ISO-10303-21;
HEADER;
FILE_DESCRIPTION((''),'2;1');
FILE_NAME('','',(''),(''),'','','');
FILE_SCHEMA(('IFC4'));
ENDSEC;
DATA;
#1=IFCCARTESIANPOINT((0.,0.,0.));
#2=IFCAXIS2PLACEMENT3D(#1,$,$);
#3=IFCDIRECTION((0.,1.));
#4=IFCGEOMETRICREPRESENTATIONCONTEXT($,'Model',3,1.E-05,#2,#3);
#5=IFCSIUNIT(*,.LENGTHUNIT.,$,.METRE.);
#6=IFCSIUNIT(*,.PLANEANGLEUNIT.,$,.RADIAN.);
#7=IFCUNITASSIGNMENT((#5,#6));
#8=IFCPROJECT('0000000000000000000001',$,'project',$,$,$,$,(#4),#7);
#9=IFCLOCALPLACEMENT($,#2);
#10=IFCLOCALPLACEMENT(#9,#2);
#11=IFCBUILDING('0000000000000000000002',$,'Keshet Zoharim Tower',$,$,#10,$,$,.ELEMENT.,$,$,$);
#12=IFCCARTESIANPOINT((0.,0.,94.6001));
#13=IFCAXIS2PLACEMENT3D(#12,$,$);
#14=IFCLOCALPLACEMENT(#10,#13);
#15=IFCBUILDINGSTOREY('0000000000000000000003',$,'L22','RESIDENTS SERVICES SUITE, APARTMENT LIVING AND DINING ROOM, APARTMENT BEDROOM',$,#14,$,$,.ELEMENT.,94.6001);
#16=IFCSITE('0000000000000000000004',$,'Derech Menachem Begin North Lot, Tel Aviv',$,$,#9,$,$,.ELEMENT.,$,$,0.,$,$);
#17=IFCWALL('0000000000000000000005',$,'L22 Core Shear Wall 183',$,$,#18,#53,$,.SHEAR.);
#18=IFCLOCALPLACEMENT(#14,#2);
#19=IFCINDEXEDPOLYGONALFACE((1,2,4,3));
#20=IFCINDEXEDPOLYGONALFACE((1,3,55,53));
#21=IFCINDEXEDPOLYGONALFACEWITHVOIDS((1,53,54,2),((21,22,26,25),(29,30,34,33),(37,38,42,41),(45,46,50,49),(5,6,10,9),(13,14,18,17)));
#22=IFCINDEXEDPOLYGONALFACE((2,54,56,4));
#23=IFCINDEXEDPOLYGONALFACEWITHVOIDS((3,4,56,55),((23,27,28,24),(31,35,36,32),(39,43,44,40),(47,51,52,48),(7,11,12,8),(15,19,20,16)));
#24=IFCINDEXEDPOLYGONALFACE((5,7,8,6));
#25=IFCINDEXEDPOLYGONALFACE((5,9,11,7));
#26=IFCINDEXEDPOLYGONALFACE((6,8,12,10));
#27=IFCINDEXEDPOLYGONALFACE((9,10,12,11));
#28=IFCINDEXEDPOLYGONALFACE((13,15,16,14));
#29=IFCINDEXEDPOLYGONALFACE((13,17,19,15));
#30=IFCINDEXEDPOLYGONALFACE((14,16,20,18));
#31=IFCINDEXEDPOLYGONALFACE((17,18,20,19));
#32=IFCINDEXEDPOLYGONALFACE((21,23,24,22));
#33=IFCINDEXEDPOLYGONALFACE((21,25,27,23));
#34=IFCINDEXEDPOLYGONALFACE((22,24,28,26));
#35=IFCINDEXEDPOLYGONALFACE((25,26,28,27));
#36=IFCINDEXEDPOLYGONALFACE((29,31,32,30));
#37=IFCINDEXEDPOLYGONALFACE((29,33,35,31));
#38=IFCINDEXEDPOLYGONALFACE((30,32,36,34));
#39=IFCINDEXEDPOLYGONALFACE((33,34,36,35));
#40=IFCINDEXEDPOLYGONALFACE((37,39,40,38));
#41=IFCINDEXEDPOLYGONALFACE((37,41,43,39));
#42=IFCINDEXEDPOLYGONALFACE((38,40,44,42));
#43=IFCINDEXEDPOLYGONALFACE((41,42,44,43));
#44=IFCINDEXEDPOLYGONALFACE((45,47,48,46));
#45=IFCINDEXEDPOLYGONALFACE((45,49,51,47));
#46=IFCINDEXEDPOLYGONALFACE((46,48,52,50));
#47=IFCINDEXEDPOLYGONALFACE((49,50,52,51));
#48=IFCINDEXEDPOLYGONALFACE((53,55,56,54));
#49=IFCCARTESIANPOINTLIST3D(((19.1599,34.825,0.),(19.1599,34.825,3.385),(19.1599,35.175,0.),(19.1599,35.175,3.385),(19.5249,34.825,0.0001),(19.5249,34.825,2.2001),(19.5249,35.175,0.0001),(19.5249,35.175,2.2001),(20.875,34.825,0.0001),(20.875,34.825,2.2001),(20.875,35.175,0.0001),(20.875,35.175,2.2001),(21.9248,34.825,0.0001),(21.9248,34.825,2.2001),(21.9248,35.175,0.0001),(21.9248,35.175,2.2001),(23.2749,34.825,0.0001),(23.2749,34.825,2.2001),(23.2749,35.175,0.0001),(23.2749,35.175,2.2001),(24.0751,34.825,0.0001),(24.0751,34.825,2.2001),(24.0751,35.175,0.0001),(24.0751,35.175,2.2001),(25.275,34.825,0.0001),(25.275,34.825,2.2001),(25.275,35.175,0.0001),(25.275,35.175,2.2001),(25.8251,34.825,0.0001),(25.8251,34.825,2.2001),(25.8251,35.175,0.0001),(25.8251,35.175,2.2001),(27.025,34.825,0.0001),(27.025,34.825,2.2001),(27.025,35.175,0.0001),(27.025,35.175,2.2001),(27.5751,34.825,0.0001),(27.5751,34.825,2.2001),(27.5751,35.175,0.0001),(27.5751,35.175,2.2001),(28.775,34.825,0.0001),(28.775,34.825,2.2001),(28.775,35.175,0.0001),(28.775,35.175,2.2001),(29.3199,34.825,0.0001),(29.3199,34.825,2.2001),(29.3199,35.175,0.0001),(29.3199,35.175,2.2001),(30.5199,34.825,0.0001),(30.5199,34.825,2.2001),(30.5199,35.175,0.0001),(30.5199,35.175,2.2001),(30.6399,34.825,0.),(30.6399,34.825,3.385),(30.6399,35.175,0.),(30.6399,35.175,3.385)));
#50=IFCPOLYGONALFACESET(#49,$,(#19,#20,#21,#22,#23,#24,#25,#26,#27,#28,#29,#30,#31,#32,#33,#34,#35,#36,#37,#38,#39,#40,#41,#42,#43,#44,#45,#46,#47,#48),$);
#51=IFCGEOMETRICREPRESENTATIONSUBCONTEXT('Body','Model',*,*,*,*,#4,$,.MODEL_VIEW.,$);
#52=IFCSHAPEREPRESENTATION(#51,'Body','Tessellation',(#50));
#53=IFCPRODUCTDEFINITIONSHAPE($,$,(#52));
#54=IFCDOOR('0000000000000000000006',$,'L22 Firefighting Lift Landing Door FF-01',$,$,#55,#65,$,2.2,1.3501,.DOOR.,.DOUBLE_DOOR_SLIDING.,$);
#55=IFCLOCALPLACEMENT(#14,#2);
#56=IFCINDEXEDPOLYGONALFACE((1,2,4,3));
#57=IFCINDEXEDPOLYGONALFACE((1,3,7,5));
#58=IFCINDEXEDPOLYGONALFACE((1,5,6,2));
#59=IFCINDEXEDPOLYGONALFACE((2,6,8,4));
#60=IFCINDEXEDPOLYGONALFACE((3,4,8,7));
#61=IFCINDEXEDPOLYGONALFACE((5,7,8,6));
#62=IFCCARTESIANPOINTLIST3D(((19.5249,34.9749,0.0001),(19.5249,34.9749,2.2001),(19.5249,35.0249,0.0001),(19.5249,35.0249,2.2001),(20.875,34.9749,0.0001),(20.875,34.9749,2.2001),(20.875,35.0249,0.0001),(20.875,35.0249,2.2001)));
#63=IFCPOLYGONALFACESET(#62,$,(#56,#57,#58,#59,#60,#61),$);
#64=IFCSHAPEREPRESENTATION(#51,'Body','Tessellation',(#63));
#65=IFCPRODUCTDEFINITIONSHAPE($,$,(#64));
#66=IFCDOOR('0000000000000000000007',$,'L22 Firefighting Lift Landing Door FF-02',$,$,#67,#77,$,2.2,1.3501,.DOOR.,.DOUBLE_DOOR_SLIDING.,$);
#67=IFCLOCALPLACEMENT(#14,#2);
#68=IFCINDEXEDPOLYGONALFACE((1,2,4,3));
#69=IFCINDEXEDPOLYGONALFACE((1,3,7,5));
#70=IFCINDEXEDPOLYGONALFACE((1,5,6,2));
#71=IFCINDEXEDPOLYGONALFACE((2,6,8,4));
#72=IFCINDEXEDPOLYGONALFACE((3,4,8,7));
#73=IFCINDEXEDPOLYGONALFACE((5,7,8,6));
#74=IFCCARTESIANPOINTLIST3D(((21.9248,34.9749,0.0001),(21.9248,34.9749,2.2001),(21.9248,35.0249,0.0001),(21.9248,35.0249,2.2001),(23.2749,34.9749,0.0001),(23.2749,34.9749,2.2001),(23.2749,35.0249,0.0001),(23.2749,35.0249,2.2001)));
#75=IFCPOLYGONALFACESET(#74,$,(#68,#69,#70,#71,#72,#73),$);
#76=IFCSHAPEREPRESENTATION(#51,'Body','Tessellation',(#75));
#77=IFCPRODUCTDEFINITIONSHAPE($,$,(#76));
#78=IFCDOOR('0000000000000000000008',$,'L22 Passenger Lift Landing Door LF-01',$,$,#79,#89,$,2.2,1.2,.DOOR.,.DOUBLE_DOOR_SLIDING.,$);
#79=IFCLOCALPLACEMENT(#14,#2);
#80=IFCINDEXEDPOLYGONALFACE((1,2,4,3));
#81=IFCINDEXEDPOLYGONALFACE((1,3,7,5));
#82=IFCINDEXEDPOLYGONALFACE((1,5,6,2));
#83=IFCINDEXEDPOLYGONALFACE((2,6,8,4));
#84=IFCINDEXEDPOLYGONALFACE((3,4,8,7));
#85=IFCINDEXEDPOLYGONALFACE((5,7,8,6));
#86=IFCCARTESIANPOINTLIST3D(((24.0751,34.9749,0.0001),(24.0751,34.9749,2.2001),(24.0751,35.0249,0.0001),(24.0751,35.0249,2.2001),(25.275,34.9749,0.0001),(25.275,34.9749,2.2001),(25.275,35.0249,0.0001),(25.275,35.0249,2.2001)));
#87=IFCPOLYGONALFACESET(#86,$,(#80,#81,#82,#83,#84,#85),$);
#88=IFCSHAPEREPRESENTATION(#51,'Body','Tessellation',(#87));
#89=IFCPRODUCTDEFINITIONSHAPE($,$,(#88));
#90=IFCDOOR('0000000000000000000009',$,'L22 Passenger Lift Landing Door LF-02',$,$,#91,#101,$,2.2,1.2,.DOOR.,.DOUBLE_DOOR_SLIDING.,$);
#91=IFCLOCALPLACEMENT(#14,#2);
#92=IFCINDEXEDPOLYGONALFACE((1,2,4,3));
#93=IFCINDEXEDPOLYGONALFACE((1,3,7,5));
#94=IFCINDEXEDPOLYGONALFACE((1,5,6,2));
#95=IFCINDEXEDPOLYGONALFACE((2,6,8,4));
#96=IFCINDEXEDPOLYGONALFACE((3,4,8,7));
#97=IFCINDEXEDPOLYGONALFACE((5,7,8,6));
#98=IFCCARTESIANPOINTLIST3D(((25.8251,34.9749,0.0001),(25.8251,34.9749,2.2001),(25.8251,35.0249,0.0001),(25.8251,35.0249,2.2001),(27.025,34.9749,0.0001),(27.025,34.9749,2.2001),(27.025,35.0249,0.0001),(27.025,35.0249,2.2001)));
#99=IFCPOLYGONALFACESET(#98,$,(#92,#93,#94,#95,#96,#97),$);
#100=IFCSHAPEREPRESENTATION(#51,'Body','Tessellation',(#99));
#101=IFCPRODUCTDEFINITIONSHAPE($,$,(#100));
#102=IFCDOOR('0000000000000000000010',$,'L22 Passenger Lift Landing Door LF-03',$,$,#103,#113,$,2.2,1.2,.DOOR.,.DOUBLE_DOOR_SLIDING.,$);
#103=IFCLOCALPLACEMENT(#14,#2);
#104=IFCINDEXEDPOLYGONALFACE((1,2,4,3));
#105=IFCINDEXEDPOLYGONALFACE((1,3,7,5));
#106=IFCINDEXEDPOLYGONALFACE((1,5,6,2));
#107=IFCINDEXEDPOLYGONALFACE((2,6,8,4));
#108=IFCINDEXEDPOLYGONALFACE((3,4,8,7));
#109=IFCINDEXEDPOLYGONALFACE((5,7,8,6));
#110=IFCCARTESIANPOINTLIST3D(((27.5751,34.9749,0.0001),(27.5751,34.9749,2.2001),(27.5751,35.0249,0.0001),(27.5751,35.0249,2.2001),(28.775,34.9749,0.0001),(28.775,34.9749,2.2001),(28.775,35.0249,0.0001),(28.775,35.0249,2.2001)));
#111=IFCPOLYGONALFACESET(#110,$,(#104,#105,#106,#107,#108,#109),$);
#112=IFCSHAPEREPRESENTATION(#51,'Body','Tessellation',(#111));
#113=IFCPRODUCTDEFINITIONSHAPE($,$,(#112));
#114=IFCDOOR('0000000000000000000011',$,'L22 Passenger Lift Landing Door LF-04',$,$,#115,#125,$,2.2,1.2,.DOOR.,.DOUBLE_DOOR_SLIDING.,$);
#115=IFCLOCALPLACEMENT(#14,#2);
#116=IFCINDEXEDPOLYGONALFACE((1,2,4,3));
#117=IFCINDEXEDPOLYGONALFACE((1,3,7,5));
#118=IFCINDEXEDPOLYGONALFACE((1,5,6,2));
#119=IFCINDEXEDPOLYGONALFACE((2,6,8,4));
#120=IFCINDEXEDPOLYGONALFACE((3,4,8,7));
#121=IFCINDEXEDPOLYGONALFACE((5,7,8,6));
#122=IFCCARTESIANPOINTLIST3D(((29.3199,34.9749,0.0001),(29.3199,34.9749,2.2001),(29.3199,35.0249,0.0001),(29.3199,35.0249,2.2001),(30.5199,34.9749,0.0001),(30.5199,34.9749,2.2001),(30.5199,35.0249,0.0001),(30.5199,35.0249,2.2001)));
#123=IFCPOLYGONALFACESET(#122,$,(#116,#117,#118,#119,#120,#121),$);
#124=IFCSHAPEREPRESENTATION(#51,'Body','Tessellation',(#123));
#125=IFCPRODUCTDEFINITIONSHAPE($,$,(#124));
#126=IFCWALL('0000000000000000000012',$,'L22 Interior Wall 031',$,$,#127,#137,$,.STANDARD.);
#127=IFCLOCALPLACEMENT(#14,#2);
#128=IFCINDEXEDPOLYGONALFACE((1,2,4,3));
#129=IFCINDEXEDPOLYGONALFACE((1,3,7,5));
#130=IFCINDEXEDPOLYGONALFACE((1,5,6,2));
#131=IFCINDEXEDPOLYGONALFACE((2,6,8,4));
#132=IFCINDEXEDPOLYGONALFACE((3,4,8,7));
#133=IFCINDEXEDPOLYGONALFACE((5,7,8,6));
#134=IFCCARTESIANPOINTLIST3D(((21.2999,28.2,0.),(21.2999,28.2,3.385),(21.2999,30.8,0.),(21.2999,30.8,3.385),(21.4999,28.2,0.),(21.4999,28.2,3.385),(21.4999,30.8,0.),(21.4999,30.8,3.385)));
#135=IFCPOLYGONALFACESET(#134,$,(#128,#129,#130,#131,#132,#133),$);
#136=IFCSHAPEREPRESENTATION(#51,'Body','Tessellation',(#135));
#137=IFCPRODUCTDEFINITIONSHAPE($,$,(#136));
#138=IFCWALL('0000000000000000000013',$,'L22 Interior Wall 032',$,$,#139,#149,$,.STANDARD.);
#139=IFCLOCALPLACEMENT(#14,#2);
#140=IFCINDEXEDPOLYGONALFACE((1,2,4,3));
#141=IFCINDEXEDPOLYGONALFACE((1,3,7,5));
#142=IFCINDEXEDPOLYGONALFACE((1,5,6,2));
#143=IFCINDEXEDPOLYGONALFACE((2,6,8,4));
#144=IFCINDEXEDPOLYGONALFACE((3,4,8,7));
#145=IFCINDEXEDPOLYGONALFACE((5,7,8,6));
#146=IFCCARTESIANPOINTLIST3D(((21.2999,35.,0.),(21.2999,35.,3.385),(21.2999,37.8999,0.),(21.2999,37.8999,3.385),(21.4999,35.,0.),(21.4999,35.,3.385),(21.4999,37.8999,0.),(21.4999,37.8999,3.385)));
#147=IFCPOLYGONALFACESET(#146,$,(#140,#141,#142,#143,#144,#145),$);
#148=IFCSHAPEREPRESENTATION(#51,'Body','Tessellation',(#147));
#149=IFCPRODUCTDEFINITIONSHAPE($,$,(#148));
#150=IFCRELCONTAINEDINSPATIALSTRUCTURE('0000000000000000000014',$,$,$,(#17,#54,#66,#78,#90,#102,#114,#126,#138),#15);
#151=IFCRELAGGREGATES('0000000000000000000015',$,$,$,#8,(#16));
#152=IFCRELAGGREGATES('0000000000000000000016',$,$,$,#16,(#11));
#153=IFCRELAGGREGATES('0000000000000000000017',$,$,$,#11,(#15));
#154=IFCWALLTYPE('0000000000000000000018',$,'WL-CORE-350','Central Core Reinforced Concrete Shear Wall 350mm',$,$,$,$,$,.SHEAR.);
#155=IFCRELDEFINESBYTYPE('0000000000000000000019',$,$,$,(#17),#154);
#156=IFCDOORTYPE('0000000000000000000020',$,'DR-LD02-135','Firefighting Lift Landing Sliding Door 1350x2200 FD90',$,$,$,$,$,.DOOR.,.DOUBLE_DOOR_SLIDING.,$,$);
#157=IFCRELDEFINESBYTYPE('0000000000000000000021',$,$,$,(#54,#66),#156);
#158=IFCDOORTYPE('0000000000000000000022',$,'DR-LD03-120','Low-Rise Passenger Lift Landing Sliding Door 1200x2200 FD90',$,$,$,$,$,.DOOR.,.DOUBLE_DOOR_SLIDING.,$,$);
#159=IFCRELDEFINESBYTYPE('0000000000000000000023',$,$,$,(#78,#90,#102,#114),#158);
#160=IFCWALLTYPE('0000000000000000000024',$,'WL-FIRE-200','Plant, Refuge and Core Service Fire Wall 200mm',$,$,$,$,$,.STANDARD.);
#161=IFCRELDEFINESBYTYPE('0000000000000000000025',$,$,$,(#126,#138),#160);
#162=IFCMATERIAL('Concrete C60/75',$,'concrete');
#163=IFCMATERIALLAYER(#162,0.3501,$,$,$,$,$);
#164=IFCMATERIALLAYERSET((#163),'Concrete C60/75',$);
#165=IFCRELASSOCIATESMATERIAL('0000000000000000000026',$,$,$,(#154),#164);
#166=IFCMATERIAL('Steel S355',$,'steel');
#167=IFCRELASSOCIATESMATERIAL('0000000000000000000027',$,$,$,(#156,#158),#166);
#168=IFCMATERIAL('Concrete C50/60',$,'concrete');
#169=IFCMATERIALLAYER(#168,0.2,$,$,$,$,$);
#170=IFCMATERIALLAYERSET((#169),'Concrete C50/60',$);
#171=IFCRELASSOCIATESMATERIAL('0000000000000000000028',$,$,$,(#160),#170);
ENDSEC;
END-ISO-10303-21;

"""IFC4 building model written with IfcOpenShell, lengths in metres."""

from ifc_helpers import new_model, si_unit, direction, frame, frame_2d, origin, place, context, subcontext, project, spatial, rectangle, extrude, material, layer, layer_set, type_object, element, fill, save


model = new_model("IFC4")

# Units and contexts
model_context = context("Model", 3, precision=1e-05, world=origin(), true_north=direction((0.0, 1.0)))
body_context = subcontext(model_context, "Body", "Model", "MODEL_VIEW")
ifc_project = project(units=[si_unit("LENGTHUNIT", "METRE"), si_unit("PLANEANGLEUNIT", "RADIAN")], contexts=[model_context])

# Site, building, storey
site_placement = place(None, origin())
site = spatial("IfcSite", under=ifc_project, at=site_placement, Name="Derech Menachem Begin North Lot, Tel Aviv", CompositionType="ELEMENT", RefElevation=0.0)
building_placement = place(site_placement, origin())
building = spatial("IfcBuilding", under=site, at=building_placement, Name="Keshet Zoharim Tower", CompositionType="ELEMENT")
storey_placement = place(building_placement, frame((0.0, 0.0, 94.6001)))
storey = spatial("IfcBuildingStorey", under=building, at=storey_placement, Name="L22", Description="RESIDENTS SERVICES SUITE, APARTMENT LIVING AND DINING ROOM, APARTMENT BEDROOM", CompositionType="ELEMENT", Elevation=94.6001)

# Shared definitions
ifc_material_1 = material(Name="Concrete C60/75", Category="concrete")
ifc_layer_1 = layer(ifc_material_1, 0.3501)
ifc_layer_set_1 = layer_set([ifc_layer_1], Name="Concrete C60/75")
wall_type_1 = type_object("IfcWallType", Name="WL-CORE-350", Description="Central Core Reinforced Concrete Shear Wall 350mm", PredefinedType="SHEAR", material=ifc_layer_set_1)

# Shared definitions
ifc_material_2 = material(Name="Steel S355", Category="steel")

# Wall, openings, doors
wall_1_placement = place(storey_placement, frame((19.1599, 35.0, 0.0), z_axis=(0.0, 0.0, 1.0), x_axis=(1.0, 0.0, 0.0)))
wall_1 = element("IfcWall", 1, at=wall_1_placement, inside=storey, type_object=wall_type_1, Name="L22 Core Shear Wall 183", PredefinedType="SHEAR", context=body_context, shape_type="SweptSolid", body=[
    extrude(rectangle(XDim=11.48, YDim=0.3501, at=frame_2d((5.74, 0.0))), origin(), (0.0, 0.0, 1.0), 3.385),
])
opening_1_placement = place(wall_1_placement, frame((0.365, 0.0, 0.0)))
opening_1 = element("IfcOpeningElement", 2, at=opening_1_placement, cuts=wall_1, PredefinedType="OPENING", context=body_context, shape_type="SweptSolid", body=[
    extrude(rectangle(XDim=1.3501, YDim=2.2, at=frame_2d((0.675, 1.1001))), frame((0.0, 0.1851, 0.0), z_axis=(0.0, -1.0, 0.0), x_axis=(1.0, 0.0, 0.0)), (0.0, 0.0, 1.0), 0.3701),
])
opening_2_placement = place(wall_1_placement, frame((2.7649, 0.0, 0.0)))
opening_2 = element("IfcOpeningElement", 3, at=opening_2_placement, cuts=wall_1, PredefinedType="OPENING", context=body_context, shape_type="SweptSolid", body=[
    extrude(rectangle(XDim=1.3501, YDim=2.2, at=frame_2d((0.675, 1.1001))), frame((0.0, 0.1851, 0.0), z_axis=(0.0, -1.0, 0.0), x_axis=(1.0, 0.0, 0.0)), (0.0, 0.0, 1.0), 0.3701),
])
opening_3_placement = place(wall_1_placement, frame((4.915, 0.0, 0.0)))
opening_3 = element("IfcOpeningElement", 4, at=opening_3_placement, cuts=wall_1, PredefinedType="OPENING", context=body_context, shape_type="SweptSolid", body=[
    extrude(rectangle(XDim=1.2, YDim=2.2, at=frame_2d((0.6001, 1.1001))), frame((0.0, 0.1851, 0.0), z_axis=(0.0, -1.0, 0.0), x_axis=(1.0, 0.0, 0.0)), (0.0, 0.0, 1.0), 0.3701),
])
opening_4_placement = place(wall_1_placement, frame((6.665, 0.0, 0.0)))
opening_4 = element("IfcOpeningElement", 5, at=opening_4_placement, cuts=wall_1, PredefinedType="OPENING", context=body_context, shape_type="SweptSolid", body=[
    extrude(rectangle(XDim=1.2, YDim=2.2, at=frame_2d((0.6001, 1.1001))), frame((0.0, 0.1851, 0.0), z_axis=(0.0, -1.0, 0.0), x_axis=(1.0, 0.0, 0.0)), (0.0, 0.0, 1.0), 0.3701),
])
opening_5_placement = place(wall_1_placement, frame((8.415, 0.0, 0.0)))
opening_5 = element("IfcOpeningElement", 6, at=opening_5_placement, cuts=wall_1, PredefinedType="OPENING", context=body_context, shape_type="SweptSolid", body=[
    extrude(rectangle(XDim=1.2, YDim=2.2, at=frame_2d((0.6001, 1.1001))), frame((0.0, 0.1851, 0.0), z_axis=(0.0, -1.0, 0.0), x_axis=(1.0, 0.0, 0.0)), (0.0, 0.0, 1.0), 0.3701),
])
opening_6_placement = place(wall_1_placement, frame((10.1599, 0.0, 0.0)))
opening_6 = element("IfcOpeningElement", 7, at=opening_6_placement, cuts=wall_1, PredefinedType="OPENING", context=body_context, shape_type="SweptSolid", body=[
    extrude(rectangle(XDim=1.2, YDim=2.2, at=frame_2d((0.6001, 1.1001))), frame((0.0, 0.1851, 0.0), z_axis=(0.0, -1.0, 0.0), x_axis=(1.0, 0.0, 0.0)), (0.0, 0.0, 1.0), 0.3701),
])
door_type_1 = type_object("IfcDoorType", Name="DR-LD02-135", Description="Firefighting Lift Landing Sliding Door 1350x2200 FD90", OperationType="DOUBLE_DOOR_SLIDING", PredefinedType="DOOR", material=ifc_material_2)
door_1_placement = place(opening_1_placement, origin())
door_1 = element("IfcDoor", 8, at=door_1_placement, inside=storey, type_object=door_type_1, Name="L22 Firefighting Lift Landing Door FF-01", OperationType="DOUBLE_DOOR_SLIDING", OverallHeight=2.2, OverallWidth=1.3501, PredefinedType="DOOR", context=body_context, shape_type="SweptSolid", body=[
    extrude(rectangle(XDim=1.3501, YDim=2.2, at=frame_2d((0.675, 1.1001))), frame((0.0, 0.0249, 0.0), z_axis=(0.0, -1.0, 0.0), x_axis=(1.0, 0.0, 0.0)), (0.0, 0.0, 1.0), 0.05),
])
fill(opening_1, door_1)
door_2_placement = place(opening_2_placement, origin())
door_2 = element("IfcDoor", 9, at=door_2_placement, inside=storey, type_object=door_type_1, Name="L22 Firefighting Lift Landing Door FF-02", OperationType="DOUBLE_DOOR_SLIDING", OverallHeight=2.2, OverallWidth=1.3501, PredefinedType="DOOR", context=body_context, shape_type="SweptSolid", body=[
    extrude(rectangle(XDim=1.3501, YDim=2.2, at=frame_2d((0.675, 1.1001))), frame((0.0, 0.0249, 0.0), z_axis=(0.0, -1.0, 0.0), x_axis=(1.0, 0.0, 0.0)), (0.0, 0.0, 1.0), 0.05),
])
fill(opening_2, door_2)
door_type_2 = type_object("IfcDoorType", Name="DR-LD03-120", Description="Low-Rise Passenger Lift Landing Sliding Door 1200x2200 FD90", OperationType="DOUBLE_DOOR_SLIDING", PredefinedType="DOOR", material=ifc_material_2)
door_3_placement = place(opening_3_placement, origin())
door_3 = element("IfcDoor", 10, at=door_3_placement, inside=storey, type_object=door_type_2, Name="L22 Passenger Lift Landing Door LF-01", OperationType="DOUBLE_DOOR_SLIDING", OverallHeight=2.2, OverallWidth=1.2, PredefinedType="DOOR", context=body_context, shape_type="SweptSolid", body=[
    extrude(rectangle(XDim=1.2, YDim=2.2, at=frame_2d((0.6001, 1.1001))), frame((0.0, 0.0249, 0.0), z_axis=(0.0, -1.0, 0.0), x_axis=(1.0, 0.0, 0.0)), (0.0, 0.0, 1.0), 0.05),
])
fill(opening_3, door_3)
door_4_placement = place(opening_4_placement, origin())
door_4 = element("IfcDoor", 11, at=door_4_placement, inside=storey, type_object=door_type_2, Name="L22 Passenger Lift Landing Door LF-02", OperationType="DOUBLE_DOOR_SLIDING", OverallHeight=2.2, OverallWidth=1.2, PredefinedType="DOOR", context=body_context, shape_type="SweptSolid", body=[
    extrude(rectangle(XDim=1.2, YDim=2.2, at=frame_2d((0.6001, 1.1001))), frame((0.0, 0.0249, 0.0), z_axis=(0.0, -1.0, 0.0), x_axis=(1.0, 0.0, 0.0)), (0.0, 0.0, 1.0), 0.05),
])
fill(opening_4, door_4)
door_5_placement = place(opening_5_placement, origin())
door_5 = element("IfcDoor", 12, at=door_5_placement, inside=storey, type_object=door_type_2, Name="L22 Passenger Lift Landing Door LF-03", OperationType="DOUBLE_DOOR_SLIDING", OverallHeight=2.2, OverallWidth=1.2, PredefinedType="DOOR", context=body_context, shape_type="SweptSolid", body=[
    extrude(rectangle(XDim=1.2, YDim=2.2, at=frame_2d((0.6001, 1.1001))), frame((0.0, 0.0249, 0.0), z_axis=(0.0, -1.0, 0.0), x_axis=(1.0, 0.0, 0.0)), (0.0, 0.0, 1.0), 0.05),
])
fill(opening_5, door_5)
door_6_placement = place(opening_6_placement, origin())
door_6 = element("IfcDoor", 13, at=door_6_placement, inside=storey, type_object=door_type_2, Name="L22 Passenger Lift Landing Door LF-04", OperationType="DOUBLE_DOOR_SLIDING", OverallHeight=2.2, OverallWidth=1.2, PredefinedType="DOOR", context=body_context, shape_type="SweptSolid", body=[
    extrude(rectangle(XDim=1.2, YDim=2.2, at=frame_2d((0.6001, 1.1001))), frame((0.0, 0.0249, 0.0), z_axis=(0.0, -1.0, 0.0), x_axis=(1.0, 0.0, 0.0)), (0.0, 0.0, 1.0), 0.05),
])
fill(opening_6, door_6)

# Walls
ifc_material_3 = material(Name="Concrete C50/60", Category="concrete")
ifc_layer_2 = layer(ifc_material_3, 0.2)
ifc_layer_set_2 = layer_set([ifc_layer_2], Name="Concrete C50/60")
wall_type_2 = type_object("IfcWallType", Name="WL-FIRE-200", Description="Plant, Refuge and Core Service Fire Wall 200mm", PredefinedType="STANDARD", material=ifc_layer_set_2)
wall_2_placement = place(storey_placement, frame((21.3999, 28.2, 0.0), z_axis=(0.0, 0.0, 1.0), x_axis=(0.0, 1.0, 0.0)))
element("IfcWall", 14, at=wall_2_placement, inside=storey, type_object=wall_type_2, Name="L22 Interior Wall 031", PredefinedType="STANDARD", context=body_context, shape_type="SweptSolid", body=[
    extrude(rectangle(XDim=2.6001, YDim=0.2, at=frame_2d((1.3, 0.0))), origin(), (0.0, 0.0, 1.0), 3.385),
])
wall_3_placement = place(storey_placement, frame((21.3999, 35.0, 0.0), z_axis=(0.0, 0.0, 1.0), x_axis=(0.0, 1.0, 0.0)))
element("IfcWall", 15, at=wall_3_placement, inside=storey, type_object=wall_type_2, Name="L22 Interior Wall 032", PredefinedType="STANDARD", context=body_context, shape_type="SweptSolid", body=[
    extrude(rectangle(XDim=2.8999, YDim=0.2, at=frame_2d((1.45, 0.0))), origin(), (0.0, 0.0, 1.0), 3.385),
])

save(model, "model.ifc")
